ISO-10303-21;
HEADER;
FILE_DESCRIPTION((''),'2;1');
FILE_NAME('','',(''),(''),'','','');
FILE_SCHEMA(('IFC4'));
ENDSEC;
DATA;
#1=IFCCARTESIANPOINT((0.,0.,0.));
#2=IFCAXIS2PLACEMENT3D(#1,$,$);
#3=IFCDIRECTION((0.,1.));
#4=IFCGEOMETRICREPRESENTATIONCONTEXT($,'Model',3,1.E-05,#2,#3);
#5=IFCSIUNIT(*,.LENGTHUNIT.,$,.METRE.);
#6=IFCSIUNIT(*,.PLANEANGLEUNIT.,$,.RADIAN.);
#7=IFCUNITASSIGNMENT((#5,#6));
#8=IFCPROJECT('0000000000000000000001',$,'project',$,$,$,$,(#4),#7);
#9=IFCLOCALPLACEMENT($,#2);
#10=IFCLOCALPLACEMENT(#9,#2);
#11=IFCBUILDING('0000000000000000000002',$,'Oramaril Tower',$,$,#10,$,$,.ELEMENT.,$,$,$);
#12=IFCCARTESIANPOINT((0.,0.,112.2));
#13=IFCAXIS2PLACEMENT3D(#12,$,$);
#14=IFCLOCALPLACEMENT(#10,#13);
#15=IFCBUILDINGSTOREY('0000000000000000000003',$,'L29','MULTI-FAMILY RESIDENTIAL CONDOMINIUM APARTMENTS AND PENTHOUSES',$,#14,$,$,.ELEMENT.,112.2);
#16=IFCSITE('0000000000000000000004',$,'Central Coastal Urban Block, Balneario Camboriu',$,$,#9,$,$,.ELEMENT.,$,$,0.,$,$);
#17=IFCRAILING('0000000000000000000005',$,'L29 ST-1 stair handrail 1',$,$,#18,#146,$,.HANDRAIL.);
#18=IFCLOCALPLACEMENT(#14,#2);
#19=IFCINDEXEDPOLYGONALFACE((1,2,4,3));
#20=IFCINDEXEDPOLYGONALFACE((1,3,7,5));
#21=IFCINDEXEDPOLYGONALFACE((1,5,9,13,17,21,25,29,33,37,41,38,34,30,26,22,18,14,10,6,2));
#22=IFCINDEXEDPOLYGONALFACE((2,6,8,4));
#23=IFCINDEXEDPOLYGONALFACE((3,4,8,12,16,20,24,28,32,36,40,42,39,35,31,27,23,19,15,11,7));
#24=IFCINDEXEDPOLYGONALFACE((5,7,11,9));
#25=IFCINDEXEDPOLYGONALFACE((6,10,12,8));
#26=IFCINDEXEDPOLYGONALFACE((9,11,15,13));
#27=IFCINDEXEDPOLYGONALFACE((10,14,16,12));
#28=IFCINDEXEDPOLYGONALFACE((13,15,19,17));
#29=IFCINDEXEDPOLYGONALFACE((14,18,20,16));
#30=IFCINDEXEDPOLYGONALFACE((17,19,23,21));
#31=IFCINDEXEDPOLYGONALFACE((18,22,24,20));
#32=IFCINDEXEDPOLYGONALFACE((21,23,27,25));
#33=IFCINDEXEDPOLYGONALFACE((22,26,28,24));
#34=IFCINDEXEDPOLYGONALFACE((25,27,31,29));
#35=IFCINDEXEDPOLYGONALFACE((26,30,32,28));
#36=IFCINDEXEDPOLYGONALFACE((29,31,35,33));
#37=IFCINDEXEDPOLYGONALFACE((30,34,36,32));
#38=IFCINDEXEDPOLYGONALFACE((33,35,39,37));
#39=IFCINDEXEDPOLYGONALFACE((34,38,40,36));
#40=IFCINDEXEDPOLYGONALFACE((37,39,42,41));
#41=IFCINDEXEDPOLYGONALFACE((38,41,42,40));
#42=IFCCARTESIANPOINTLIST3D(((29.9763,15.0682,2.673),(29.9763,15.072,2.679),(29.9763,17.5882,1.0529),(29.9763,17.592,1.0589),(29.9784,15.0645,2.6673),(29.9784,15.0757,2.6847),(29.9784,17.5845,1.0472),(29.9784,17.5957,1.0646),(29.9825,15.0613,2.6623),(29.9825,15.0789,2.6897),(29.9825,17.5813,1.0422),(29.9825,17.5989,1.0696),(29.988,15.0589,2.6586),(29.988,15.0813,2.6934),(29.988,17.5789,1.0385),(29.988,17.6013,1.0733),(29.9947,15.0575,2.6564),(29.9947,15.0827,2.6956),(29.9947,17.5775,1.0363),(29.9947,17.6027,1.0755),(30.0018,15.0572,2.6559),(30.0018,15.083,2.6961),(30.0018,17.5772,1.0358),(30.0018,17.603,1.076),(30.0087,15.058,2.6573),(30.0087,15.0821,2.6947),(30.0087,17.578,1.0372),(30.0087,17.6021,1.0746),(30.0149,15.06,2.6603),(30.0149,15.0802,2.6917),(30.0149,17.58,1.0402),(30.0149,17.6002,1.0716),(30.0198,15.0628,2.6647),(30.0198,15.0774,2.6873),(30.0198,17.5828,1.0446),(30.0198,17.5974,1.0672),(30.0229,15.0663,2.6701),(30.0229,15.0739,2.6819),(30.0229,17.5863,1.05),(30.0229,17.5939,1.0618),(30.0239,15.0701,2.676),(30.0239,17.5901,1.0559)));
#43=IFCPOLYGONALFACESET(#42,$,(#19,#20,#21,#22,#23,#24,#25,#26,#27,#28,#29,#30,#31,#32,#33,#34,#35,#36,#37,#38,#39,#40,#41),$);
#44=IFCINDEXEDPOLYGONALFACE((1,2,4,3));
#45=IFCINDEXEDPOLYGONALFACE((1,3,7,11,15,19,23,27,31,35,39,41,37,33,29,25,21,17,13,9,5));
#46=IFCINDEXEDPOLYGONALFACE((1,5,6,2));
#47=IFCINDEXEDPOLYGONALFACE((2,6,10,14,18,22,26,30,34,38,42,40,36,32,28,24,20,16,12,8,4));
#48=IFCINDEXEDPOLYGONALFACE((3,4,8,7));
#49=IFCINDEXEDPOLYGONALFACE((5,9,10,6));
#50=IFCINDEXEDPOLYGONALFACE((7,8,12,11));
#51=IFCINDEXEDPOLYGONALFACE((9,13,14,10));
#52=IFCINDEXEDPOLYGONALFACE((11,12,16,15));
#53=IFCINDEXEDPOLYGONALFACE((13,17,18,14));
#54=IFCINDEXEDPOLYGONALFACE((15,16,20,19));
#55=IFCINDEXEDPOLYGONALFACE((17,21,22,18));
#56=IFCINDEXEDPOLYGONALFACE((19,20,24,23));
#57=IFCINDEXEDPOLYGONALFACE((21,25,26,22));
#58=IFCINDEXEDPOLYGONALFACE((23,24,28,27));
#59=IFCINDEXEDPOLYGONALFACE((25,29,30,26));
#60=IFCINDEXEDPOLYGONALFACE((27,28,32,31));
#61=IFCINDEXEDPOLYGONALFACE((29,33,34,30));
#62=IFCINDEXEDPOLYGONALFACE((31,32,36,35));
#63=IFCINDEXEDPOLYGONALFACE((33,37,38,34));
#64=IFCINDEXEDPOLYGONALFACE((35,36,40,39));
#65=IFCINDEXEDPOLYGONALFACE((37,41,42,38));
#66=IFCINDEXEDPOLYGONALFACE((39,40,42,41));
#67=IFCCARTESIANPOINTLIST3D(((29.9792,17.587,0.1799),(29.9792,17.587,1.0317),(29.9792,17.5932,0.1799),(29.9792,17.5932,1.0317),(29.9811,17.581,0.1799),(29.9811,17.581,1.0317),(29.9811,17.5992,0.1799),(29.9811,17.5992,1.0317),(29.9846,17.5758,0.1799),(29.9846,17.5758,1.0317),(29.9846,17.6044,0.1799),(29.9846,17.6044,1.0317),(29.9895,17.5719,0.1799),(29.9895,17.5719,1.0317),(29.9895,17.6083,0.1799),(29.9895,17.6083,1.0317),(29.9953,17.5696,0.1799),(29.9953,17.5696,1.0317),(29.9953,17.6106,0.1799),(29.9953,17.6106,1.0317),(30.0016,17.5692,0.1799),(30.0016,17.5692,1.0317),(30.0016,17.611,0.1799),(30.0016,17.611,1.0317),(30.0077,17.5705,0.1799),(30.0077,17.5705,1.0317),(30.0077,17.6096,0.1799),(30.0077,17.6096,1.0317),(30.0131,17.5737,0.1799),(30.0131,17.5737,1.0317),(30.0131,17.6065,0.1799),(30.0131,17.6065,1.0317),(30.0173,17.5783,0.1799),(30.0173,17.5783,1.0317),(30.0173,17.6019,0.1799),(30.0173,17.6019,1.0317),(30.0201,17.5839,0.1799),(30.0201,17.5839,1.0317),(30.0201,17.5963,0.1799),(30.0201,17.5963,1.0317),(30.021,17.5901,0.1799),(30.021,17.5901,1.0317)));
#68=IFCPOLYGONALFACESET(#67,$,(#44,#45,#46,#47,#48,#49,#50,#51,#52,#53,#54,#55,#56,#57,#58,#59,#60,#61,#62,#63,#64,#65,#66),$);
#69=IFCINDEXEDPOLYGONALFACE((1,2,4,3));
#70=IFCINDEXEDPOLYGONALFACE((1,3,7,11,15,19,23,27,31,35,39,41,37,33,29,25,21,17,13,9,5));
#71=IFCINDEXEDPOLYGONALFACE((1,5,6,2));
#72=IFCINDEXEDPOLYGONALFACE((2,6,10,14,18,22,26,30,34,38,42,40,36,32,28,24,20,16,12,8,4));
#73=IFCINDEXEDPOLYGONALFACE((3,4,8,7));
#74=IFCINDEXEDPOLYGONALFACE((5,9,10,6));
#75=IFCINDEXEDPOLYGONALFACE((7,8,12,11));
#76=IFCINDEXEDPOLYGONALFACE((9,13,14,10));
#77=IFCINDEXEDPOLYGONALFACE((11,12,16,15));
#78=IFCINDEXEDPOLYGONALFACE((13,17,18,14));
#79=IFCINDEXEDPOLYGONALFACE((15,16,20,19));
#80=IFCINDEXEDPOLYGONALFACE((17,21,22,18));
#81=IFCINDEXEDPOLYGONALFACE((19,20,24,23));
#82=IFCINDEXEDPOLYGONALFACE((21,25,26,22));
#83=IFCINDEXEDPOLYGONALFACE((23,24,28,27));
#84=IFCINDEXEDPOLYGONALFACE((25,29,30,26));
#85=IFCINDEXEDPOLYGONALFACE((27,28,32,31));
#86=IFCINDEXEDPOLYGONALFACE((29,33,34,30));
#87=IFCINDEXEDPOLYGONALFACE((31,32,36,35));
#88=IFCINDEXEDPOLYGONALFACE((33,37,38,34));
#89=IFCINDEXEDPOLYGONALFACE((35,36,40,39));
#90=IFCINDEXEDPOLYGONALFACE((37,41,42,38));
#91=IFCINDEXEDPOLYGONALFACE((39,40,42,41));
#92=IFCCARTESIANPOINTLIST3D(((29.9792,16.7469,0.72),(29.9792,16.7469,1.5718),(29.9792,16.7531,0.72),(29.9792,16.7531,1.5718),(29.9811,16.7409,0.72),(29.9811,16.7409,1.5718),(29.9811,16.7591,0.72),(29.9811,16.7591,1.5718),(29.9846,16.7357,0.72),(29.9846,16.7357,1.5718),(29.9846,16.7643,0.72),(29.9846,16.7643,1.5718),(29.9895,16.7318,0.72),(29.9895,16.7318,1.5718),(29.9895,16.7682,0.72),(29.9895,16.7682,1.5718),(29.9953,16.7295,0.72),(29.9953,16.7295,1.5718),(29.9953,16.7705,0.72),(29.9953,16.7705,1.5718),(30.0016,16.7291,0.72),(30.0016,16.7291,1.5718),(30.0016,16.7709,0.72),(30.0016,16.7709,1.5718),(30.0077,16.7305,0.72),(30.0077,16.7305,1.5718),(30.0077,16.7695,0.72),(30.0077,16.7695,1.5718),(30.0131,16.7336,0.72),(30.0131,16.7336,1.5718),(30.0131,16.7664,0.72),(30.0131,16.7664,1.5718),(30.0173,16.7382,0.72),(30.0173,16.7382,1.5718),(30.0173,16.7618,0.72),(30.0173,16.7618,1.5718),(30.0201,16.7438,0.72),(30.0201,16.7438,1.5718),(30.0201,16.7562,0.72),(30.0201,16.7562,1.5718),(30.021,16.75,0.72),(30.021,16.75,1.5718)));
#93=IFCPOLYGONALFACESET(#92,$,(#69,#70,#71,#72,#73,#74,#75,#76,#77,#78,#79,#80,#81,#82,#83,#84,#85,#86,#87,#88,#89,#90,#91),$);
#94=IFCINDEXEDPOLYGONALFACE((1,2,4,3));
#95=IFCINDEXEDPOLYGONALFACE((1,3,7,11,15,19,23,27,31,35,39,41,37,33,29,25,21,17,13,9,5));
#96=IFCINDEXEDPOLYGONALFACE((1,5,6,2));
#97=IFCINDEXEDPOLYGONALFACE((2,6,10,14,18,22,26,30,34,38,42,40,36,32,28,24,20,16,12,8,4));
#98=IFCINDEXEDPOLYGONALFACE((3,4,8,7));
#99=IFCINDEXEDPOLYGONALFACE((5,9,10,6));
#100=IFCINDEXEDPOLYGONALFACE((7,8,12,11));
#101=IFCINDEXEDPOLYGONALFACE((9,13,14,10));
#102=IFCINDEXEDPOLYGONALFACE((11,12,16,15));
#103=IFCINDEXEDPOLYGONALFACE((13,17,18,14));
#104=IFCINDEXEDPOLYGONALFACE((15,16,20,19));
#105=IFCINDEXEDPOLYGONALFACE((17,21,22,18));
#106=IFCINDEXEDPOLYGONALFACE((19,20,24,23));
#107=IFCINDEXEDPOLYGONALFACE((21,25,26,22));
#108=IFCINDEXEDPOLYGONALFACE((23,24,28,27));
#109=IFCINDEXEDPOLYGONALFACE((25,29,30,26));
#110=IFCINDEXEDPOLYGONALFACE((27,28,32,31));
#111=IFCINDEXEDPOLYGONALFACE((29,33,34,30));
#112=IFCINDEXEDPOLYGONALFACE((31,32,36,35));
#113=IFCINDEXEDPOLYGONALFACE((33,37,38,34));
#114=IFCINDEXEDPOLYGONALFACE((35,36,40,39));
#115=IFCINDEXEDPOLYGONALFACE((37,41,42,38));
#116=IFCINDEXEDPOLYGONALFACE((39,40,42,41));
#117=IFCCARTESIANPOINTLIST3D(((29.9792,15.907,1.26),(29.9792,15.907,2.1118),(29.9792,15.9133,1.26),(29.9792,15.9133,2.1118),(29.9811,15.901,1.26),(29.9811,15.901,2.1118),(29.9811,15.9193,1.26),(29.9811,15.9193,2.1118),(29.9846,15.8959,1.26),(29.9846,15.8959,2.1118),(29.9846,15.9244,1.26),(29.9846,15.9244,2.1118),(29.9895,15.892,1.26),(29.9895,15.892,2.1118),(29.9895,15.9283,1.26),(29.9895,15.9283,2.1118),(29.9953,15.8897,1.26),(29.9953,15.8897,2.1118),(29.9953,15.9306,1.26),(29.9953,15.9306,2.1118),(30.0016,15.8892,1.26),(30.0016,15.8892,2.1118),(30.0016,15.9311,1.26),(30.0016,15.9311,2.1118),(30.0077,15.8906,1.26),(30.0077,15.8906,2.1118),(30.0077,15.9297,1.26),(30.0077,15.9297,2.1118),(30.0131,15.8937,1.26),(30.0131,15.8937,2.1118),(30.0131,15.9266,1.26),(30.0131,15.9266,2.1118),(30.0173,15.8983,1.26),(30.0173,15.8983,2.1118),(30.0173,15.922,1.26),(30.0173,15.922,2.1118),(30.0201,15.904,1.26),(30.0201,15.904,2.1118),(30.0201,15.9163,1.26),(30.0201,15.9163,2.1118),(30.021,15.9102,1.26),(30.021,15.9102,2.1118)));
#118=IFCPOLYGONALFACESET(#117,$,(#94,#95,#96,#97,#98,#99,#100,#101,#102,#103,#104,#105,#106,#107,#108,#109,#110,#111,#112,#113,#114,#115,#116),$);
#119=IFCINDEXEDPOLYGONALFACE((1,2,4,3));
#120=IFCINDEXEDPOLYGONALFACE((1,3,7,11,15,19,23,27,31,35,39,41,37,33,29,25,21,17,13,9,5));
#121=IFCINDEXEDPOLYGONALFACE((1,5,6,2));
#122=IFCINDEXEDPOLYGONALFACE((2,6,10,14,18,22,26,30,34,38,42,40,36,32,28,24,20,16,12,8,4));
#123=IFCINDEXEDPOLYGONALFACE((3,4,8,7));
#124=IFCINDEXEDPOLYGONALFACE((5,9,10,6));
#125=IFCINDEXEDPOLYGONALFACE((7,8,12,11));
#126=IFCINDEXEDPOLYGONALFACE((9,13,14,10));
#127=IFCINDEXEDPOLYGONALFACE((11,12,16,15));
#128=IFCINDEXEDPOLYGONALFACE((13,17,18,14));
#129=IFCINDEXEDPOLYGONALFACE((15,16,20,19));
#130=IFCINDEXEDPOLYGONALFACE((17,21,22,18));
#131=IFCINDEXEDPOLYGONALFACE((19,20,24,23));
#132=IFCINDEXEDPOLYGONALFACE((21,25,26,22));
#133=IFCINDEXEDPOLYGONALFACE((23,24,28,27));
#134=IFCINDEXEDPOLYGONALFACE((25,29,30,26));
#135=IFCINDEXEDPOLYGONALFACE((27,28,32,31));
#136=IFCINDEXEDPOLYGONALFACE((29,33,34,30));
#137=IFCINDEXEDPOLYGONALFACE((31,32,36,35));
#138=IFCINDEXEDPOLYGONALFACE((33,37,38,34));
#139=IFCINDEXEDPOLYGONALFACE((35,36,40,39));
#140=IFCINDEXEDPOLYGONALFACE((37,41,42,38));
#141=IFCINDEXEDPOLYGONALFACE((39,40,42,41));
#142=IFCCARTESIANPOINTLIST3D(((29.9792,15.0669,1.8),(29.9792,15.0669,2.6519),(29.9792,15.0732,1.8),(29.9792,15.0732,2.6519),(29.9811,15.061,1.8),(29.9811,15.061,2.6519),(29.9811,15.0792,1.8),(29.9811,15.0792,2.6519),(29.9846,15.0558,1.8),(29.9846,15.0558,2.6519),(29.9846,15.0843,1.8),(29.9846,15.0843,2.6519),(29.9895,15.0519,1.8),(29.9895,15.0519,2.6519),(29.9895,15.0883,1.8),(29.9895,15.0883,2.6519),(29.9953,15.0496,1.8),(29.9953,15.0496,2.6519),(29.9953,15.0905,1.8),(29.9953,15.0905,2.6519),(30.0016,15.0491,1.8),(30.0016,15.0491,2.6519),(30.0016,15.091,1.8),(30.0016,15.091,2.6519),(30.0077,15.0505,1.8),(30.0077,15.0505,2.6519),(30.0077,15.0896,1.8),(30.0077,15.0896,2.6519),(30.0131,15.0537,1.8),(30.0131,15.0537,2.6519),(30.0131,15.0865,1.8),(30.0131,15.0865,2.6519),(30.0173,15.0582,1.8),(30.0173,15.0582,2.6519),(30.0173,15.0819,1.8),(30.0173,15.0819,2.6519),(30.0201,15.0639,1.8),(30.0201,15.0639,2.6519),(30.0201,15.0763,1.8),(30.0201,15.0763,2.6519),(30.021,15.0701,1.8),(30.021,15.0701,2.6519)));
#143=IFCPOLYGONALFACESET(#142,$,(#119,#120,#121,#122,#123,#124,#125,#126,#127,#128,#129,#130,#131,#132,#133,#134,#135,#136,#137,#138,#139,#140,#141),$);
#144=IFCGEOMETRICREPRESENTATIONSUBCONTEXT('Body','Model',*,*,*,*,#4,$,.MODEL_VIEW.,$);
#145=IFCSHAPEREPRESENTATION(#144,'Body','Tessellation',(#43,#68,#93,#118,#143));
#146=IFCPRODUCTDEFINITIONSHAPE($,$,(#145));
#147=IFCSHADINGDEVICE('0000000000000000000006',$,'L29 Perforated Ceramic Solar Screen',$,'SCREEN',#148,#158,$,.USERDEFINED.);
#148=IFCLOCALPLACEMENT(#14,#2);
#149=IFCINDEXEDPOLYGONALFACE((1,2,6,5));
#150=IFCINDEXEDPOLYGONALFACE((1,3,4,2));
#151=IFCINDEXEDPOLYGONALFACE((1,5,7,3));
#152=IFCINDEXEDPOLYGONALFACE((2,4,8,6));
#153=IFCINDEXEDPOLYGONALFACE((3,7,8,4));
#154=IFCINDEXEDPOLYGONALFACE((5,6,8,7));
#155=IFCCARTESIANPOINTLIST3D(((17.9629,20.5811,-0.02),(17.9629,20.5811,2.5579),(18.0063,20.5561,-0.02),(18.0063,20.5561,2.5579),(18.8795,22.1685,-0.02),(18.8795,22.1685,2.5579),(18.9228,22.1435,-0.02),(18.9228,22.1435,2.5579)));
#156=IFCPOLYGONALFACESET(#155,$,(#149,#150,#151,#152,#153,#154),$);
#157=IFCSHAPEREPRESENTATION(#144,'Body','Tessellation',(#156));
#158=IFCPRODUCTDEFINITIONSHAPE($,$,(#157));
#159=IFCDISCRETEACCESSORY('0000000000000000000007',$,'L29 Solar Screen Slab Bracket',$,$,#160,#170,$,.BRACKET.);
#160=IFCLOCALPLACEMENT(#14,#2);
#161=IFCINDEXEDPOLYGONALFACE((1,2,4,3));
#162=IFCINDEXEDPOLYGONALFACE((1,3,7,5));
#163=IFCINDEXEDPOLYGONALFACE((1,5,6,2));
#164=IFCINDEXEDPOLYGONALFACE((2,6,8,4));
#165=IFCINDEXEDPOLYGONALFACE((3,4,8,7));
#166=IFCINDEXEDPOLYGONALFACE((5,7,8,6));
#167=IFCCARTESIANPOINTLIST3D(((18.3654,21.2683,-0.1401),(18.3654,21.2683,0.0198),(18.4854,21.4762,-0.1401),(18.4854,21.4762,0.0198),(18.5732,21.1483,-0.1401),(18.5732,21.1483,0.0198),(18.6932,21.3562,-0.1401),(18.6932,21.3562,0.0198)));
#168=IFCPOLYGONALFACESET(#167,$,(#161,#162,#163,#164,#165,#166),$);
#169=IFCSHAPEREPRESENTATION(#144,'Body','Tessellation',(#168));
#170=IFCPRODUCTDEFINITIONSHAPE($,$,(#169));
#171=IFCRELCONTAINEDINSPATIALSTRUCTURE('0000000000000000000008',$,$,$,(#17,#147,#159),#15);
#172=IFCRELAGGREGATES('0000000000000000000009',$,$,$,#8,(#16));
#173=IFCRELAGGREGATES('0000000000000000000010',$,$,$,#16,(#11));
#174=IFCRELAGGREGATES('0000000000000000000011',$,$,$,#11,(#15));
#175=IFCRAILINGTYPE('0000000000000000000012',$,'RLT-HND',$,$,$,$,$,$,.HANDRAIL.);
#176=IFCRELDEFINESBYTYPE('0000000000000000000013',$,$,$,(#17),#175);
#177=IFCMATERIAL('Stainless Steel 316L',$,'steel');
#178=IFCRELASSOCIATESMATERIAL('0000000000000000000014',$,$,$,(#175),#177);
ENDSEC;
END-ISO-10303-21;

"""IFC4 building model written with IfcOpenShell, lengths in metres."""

from ifc_helpers import new_model, si_unit, direction, frame, origin, origin_2d, place, context, subcontext, project, spatial, rectangle, circle, extrude, material, type_object, element, save


model = new_model("IFC4")

# Units and contexts
model_context = context("Model", 3, precision=1e-05, world=origin(), true_north=direction((0.0, 1.0)))
body_context = subcontext(model_context, "Body", "Model", "MODEL_VIEW")
ifc_project = project(units=[si_unit("LENGTHUNIT", "METRE"), si_unit("PLANEANGLEUNIT", "RADIAN")], contexts=[model_context])

# Site, building, storey
site_placement = place(None, origin())
site = spatial("IfcSite", under=ifc_project, at=site_placement, Name="Central Coastal Urban Block, Balneario Camboriu", CompositionType="ELEMENT", RefElevation=0.0)
building_placement = place(site_placement, origin())
building = spatial("IfcBuilding", under=site, at=building_placement, Name="Oramaril Tower", CompositionType="ELEMENT")
storey_placement = place(building_placement, frame((0.0, 0.0, 112.2)))
storey = spatial("IfcBuildingStorey", under=building, at=storey_placement, Name="L29", Description="MULTI-FAMILY RESIDENTIAL CONDOMINIUM APARTMENTS AND PENTHOUSES", CompositionType="ELEMENT", Elevation=112.2)

# Railing
ifc_material_1 = material(Name="Stainless Steel 316L", Category="steel")
railing_type_1 = type_object("IfcRailingType", Name="RLT-HND", PredefinedType="HANDRAIL", material=ifc_material_1)
railing_1_placement = place(storey_placement, frame((30.0, 17.5901, 0.1799)))
element("IfcRailing", 1, at=railing_1_placement, inside=storey, type_object=railing_type_1, Name="L29 ST-1 stair handrail 1", PredefinedType="HANDRAIL", context=body_context, shape_type="SweptSolid", body=[
    extrude(circle(Radius=0.0239, at=origin_2d()), frame((0.0, 0.0, 0.876), z_axis=(0.0, -0.841163, 0.540782), x_axis=(1.0, 0.0, 0.0)), (0.0, 0.0, 1.0), 2.9958),
    extrude(circle(Radius=0.021, at=origin_2d()), origin(), (0.0, 0.0, 1.0), 0.8518),
    extrude(circle(Radius=0.021, at=origin_2d()), frame((0.0, -0.8401, 0.54)), (0.0, 0.0, 1.0), 0.8518),
    extrude(circle(Radius=0.021, at=origin_2d()), frame((0.0, -1.6799, 1.0801)), (0.0, 0.0, 1.0), 0.8518),
    extrude(circle(Radius=0.021, at=origin_2d()), frame((0.0, -2.52, 1.6201)), (0.0, 0.0, 1.0), 0.8518),
])

# Shading device
shading_device_placement = place(storey_placement, frame((18.4429, 21.3623, -0.02), z_axis=(0.0, 0.0, 1.0), x_axis=(-0.5, -0.866025, 0.0)))
element("IfcShadingDevice", 2, at=shading_device_placement, inside=storey, Name="L29 Perforated Ceramic Solar Screen", ObjectType="SCREEN", PredefinedType="USERDEFINED", context=body_context, shape_type="SweptSolid", body=[
    extrude(rectangle(XDim=1.833, YDim=0.05, at=origin_2d()), origin(), (0.0, 0.0, 1.0), 2.5779),
])

# Discrete accessory
discrete_accessory_placement = place(storey_placement, frame((18.5293, 21.3123, -0.1401), z_axis=(0.0, 0.0, 1.0), x_axis=(-0.5, -0.866025, 0.0)))
element("IfcDiscreteAccessory", 3, at=discrete_accessory_placement, inside=storey, Name="L29 Solar Screen Slab Bracket", PredefinedType="BRACKET", context=body_context, shape_type="SweptSolid", body=[
    extrude(rectangle(XDim=0.24, YDim=0.24, at=origin_2d()), origin(), (0.0, 0.0, 1.0), 0.1599),
])

save(model, "model.ifc")
